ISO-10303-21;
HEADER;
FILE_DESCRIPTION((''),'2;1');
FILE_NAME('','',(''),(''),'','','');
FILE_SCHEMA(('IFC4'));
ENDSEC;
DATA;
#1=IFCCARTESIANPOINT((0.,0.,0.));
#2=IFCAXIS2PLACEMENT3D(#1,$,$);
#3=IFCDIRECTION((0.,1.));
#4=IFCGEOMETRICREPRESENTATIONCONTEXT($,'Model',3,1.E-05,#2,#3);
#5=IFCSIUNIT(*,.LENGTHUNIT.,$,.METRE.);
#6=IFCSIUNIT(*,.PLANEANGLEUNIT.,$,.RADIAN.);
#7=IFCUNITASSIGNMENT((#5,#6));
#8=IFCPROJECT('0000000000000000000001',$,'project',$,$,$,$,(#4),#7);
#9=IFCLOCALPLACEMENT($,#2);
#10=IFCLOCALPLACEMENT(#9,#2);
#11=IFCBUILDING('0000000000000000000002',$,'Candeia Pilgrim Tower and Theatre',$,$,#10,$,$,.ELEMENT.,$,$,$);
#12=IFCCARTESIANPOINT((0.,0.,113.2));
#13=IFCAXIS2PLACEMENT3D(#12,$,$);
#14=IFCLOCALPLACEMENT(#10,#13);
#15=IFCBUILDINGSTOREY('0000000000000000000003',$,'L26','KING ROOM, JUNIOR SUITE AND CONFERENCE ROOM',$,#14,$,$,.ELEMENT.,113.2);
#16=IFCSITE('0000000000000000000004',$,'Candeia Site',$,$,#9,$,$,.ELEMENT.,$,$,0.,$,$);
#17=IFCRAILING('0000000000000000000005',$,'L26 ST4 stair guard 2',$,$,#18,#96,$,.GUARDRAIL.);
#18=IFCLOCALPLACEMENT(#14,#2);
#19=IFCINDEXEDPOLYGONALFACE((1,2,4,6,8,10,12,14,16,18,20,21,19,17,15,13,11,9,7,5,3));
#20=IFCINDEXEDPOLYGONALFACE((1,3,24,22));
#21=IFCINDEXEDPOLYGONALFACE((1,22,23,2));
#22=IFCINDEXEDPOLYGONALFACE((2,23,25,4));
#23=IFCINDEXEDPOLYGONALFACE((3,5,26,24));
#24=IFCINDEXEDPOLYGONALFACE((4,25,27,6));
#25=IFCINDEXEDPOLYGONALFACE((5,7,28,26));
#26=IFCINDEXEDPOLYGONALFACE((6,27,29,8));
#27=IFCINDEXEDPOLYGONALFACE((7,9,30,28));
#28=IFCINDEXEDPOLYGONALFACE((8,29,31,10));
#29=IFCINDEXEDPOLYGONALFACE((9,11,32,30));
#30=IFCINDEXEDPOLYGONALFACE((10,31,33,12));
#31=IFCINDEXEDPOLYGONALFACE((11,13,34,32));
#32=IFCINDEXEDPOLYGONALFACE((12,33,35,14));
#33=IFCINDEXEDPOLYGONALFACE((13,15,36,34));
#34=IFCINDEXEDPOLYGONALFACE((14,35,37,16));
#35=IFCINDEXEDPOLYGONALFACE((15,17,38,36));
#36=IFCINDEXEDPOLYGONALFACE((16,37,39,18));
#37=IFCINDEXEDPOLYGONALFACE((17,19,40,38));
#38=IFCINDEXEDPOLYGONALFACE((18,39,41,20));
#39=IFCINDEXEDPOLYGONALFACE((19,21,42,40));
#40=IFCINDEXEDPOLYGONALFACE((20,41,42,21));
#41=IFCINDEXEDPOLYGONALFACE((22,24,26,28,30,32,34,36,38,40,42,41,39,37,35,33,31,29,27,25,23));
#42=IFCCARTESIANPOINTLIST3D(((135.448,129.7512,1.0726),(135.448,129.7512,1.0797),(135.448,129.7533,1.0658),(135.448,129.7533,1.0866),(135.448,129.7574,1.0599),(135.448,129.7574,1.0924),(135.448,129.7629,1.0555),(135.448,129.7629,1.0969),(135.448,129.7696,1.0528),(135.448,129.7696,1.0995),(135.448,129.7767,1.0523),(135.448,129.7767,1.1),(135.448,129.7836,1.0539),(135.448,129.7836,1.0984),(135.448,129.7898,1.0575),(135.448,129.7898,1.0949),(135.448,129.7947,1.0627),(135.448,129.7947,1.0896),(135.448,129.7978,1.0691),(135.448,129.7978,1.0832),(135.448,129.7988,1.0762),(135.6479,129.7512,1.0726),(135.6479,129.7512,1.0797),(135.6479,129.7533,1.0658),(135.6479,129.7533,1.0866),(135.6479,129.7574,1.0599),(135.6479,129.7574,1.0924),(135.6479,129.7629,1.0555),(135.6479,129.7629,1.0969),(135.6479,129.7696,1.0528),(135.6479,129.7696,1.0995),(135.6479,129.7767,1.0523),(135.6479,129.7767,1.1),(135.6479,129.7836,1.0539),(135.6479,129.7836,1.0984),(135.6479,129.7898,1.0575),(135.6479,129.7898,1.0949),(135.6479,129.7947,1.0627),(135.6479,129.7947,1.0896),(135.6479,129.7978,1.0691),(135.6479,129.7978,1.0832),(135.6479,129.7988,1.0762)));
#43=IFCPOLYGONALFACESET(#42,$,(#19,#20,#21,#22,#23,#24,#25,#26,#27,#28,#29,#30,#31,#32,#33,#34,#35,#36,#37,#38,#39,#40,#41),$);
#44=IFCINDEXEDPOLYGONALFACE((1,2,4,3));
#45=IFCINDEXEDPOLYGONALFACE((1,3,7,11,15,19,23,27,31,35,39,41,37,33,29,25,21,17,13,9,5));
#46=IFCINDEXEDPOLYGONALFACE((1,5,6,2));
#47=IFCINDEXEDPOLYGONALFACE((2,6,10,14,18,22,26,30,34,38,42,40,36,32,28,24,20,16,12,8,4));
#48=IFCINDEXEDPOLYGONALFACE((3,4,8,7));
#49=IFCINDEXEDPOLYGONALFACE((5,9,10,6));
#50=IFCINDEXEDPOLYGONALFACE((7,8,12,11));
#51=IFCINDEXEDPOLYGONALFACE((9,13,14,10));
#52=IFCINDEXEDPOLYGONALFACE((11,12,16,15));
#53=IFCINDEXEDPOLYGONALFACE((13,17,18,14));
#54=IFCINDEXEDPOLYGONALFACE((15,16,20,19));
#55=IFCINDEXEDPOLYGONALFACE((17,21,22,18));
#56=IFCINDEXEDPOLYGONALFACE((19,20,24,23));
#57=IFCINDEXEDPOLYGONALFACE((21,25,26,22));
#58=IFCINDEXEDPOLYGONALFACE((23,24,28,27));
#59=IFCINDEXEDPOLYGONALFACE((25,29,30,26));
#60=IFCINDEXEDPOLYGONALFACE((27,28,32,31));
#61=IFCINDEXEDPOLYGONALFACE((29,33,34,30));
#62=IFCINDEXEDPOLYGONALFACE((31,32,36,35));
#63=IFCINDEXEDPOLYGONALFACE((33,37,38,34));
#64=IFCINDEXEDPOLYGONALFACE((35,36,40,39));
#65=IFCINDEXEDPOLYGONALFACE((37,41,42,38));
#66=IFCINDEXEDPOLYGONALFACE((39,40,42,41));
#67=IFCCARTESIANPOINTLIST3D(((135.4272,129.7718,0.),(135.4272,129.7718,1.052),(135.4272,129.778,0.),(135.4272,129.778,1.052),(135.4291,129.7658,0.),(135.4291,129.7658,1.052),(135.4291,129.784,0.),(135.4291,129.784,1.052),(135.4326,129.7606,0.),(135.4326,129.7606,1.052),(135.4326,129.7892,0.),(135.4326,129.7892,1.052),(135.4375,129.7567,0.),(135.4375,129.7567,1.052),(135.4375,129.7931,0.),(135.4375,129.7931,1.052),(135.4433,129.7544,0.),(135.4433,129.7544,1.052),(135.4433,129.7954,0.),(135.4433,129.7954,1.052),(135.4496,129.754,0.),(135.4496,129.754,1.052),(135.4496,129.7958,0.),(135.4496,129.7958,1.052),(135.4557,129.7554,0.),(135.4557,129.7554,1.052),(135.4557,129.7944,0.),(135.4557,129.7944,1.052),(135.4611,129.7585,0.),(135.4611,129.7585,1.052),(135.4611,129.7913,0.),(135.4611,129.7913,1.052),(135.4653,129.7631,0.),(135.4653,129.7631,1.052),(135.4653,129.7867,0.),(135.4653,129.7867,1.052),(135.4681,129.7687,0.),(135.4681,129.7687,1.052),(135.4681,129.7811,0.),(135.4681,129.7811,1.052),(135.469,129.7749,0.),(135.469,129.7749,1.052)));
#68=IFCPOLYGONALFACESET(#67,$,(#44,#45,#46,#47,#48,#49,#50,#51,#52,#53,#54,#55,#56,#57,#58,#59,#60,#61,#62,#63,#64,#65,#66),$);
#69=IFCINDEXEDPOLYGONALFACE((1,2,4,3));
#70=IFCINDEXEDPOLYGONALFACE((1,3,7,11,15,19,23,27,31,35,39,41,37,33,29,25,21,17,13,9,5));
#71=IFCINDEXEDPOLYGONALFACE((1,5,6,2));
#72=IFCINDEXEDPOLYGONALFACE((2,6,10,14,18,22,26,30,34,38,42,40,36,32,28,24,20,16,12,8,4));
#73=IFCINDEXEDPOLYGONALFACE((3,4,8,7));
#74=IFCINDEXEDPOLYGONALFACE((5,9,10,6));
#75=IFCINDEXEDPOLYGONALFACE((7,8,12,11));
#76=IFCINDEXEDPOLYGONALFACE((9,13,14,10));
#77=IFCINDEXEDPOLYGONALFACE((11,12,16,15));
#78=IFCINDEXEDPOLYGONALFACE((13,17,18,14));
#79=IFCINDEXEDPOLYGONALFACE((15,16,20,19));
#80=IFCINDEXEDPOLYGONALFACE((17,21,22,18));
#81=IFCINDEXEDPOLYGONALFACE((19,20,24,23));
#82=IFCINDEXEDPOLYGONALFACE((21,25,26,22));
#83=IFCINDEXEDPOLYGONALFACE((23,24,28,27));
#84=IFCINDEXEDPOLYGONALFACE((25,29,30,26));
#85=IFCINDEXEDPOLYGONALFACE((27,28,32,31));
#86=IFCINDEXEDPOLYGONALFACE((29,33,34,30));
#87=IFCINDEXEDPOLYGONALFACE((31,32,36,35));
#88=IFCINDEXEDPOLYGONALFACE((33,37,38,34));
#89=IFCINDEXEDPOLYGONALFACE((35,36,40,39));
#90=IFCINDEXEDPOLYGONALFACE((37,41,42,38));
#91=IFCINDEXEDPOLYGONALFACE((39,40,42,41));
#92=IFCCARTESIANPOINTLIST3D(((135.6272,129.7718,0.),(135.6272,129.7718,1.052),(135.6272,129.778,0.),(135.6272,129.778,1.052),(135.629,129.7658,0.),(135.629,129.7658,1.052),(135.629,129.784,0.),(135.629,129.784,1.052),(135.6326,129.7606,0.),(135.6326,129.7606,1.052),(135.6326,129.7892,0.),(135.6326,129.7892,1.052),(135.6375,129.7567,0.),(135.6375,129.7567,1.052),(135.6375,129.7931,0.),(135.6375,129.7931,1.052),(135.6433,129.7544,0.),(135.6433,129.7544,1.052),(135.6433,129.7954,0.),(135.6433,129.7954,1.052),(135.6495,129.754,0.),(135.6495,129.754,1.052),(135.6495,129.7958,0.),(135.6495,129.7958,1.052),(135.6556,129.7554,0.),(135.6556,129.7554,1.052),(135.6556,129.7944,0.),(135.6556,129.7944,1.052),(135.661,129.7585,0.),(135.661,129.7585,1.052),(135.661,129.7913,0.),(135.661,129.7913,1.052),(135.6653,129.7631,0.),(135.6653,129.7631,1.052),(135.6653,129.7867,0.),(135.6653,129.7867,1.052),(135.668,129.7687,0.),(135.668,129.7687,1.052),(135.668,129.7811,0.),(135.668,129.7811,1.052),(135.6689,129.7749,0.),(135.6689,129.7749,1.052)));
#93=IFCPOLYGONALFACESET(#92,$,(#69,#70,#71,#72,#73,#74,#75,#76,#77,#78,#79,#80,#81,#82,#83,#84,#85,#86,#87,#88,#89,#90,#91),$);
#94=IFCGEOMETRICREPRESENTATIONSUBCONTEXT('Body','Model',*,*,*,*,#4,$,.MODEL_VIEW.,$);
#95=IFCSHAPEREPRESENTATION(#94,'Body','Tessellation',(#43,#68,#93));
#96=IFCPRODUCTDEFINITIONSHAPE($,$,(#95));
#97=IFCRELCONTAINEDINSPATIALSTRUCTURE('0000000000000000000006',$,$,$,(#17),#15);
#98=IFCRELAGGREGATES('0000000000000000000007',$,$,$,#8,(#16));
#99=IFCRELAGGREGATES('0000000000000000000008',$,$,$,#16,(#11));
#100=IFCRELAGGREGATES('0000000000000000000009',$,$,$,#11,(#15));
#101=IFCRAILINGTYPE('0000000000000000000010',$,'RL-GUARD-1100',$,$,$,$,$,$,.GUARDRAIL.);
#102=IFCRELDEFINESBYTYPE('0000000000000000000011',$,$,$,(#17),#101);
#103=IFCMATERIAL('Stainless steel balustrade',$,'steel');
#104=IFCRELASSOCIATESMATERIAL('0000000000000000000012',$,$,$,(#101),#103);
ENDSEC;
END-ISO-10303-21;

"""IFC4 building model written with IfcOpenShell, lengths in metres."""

from ifc_helpers import new_model, si_unit, direction, frame, origin, origin_2d, place, context, subcontext, project, spatial, circle, extrude, material, type_object, element, save


model = new_model("IFC4")

# Units and contexts
model_context = context("Model", 3, precision=1e-05, world=origin(), true_north=direction((0.0, 1.0)))
body_context = subcontext(model_context, "Body", "Model", "MODEL_VIEW")
ifc_project = project(units=[si_unit("LENGTHUNIT", "METRE"), si_unit("PLANEANGLEUNIT", "RADIAN")], contexts=[model_context])

# Site, building, storey
site_placement = place(None, origin())
site = spatial("IfcSite", under=ifc_project, at=site_placement, Name="Candeia Site", CompositionType="ELEMENT", RefElevation=0.0)
building_placement = place(site_placement, origin())
building = spatial("IfcBuilding", under=site, at=building_placement, Name="Candeia Pilgrim Tower and Theatre", CompositionType="ELEMENT")
storey_placement = place(building_placement, frame((0.0, 0.0, 113.2)))
storey = spatial("IfcBuildingStorey", under=building, at=storey_placement, Name="L26", Description="KING ROOM, JUNIOR SUITE AND CONFERENCE ROOM", CompositionType="ELEMENT", Elevation=113.2)

# Railing
ifc_material_1 = material(Name="Stainless steel balustrade", Category="steel")
railing_type_1 = type_object("IfcRailingType", Name="RL-GUARD-1100", PredefinedType="GUARDRAIL", material=ifc_material_1)
railing_1_placement = place(storey_placement, frame((135.448, 129.7749, 0.0)))
element("IfcRailing", 1, at=railing_1_placement, inside=storey, type_object=railing_type_1, Name="L26 ST4 stair guard 2", PredefinedType="GUARDRAIL", context=body_context, shape_type="SweptSolid", body=[
    extrude(circle(Radius=0.0239, at=origin_2d()), frame((0.0, 0.0, 1.0762), z_axis=(1.0, 0.0, 0.0), x_axis=(0.0, 1.0, 0.0)), (0.0, 0.0, 1.0), 0.2),
    extrude(circle(Radius=0.021, at=origin_2d()), origin(), (0.0, 0.0, 1.0), 1.052),
    extrude(circle(Radius=0.021, at=origin_2d()), frame((0.2, 0.0, 0.0)), (0.0, 0.0, 1.0), 1.052),
])

save(model, "model.ifc")
